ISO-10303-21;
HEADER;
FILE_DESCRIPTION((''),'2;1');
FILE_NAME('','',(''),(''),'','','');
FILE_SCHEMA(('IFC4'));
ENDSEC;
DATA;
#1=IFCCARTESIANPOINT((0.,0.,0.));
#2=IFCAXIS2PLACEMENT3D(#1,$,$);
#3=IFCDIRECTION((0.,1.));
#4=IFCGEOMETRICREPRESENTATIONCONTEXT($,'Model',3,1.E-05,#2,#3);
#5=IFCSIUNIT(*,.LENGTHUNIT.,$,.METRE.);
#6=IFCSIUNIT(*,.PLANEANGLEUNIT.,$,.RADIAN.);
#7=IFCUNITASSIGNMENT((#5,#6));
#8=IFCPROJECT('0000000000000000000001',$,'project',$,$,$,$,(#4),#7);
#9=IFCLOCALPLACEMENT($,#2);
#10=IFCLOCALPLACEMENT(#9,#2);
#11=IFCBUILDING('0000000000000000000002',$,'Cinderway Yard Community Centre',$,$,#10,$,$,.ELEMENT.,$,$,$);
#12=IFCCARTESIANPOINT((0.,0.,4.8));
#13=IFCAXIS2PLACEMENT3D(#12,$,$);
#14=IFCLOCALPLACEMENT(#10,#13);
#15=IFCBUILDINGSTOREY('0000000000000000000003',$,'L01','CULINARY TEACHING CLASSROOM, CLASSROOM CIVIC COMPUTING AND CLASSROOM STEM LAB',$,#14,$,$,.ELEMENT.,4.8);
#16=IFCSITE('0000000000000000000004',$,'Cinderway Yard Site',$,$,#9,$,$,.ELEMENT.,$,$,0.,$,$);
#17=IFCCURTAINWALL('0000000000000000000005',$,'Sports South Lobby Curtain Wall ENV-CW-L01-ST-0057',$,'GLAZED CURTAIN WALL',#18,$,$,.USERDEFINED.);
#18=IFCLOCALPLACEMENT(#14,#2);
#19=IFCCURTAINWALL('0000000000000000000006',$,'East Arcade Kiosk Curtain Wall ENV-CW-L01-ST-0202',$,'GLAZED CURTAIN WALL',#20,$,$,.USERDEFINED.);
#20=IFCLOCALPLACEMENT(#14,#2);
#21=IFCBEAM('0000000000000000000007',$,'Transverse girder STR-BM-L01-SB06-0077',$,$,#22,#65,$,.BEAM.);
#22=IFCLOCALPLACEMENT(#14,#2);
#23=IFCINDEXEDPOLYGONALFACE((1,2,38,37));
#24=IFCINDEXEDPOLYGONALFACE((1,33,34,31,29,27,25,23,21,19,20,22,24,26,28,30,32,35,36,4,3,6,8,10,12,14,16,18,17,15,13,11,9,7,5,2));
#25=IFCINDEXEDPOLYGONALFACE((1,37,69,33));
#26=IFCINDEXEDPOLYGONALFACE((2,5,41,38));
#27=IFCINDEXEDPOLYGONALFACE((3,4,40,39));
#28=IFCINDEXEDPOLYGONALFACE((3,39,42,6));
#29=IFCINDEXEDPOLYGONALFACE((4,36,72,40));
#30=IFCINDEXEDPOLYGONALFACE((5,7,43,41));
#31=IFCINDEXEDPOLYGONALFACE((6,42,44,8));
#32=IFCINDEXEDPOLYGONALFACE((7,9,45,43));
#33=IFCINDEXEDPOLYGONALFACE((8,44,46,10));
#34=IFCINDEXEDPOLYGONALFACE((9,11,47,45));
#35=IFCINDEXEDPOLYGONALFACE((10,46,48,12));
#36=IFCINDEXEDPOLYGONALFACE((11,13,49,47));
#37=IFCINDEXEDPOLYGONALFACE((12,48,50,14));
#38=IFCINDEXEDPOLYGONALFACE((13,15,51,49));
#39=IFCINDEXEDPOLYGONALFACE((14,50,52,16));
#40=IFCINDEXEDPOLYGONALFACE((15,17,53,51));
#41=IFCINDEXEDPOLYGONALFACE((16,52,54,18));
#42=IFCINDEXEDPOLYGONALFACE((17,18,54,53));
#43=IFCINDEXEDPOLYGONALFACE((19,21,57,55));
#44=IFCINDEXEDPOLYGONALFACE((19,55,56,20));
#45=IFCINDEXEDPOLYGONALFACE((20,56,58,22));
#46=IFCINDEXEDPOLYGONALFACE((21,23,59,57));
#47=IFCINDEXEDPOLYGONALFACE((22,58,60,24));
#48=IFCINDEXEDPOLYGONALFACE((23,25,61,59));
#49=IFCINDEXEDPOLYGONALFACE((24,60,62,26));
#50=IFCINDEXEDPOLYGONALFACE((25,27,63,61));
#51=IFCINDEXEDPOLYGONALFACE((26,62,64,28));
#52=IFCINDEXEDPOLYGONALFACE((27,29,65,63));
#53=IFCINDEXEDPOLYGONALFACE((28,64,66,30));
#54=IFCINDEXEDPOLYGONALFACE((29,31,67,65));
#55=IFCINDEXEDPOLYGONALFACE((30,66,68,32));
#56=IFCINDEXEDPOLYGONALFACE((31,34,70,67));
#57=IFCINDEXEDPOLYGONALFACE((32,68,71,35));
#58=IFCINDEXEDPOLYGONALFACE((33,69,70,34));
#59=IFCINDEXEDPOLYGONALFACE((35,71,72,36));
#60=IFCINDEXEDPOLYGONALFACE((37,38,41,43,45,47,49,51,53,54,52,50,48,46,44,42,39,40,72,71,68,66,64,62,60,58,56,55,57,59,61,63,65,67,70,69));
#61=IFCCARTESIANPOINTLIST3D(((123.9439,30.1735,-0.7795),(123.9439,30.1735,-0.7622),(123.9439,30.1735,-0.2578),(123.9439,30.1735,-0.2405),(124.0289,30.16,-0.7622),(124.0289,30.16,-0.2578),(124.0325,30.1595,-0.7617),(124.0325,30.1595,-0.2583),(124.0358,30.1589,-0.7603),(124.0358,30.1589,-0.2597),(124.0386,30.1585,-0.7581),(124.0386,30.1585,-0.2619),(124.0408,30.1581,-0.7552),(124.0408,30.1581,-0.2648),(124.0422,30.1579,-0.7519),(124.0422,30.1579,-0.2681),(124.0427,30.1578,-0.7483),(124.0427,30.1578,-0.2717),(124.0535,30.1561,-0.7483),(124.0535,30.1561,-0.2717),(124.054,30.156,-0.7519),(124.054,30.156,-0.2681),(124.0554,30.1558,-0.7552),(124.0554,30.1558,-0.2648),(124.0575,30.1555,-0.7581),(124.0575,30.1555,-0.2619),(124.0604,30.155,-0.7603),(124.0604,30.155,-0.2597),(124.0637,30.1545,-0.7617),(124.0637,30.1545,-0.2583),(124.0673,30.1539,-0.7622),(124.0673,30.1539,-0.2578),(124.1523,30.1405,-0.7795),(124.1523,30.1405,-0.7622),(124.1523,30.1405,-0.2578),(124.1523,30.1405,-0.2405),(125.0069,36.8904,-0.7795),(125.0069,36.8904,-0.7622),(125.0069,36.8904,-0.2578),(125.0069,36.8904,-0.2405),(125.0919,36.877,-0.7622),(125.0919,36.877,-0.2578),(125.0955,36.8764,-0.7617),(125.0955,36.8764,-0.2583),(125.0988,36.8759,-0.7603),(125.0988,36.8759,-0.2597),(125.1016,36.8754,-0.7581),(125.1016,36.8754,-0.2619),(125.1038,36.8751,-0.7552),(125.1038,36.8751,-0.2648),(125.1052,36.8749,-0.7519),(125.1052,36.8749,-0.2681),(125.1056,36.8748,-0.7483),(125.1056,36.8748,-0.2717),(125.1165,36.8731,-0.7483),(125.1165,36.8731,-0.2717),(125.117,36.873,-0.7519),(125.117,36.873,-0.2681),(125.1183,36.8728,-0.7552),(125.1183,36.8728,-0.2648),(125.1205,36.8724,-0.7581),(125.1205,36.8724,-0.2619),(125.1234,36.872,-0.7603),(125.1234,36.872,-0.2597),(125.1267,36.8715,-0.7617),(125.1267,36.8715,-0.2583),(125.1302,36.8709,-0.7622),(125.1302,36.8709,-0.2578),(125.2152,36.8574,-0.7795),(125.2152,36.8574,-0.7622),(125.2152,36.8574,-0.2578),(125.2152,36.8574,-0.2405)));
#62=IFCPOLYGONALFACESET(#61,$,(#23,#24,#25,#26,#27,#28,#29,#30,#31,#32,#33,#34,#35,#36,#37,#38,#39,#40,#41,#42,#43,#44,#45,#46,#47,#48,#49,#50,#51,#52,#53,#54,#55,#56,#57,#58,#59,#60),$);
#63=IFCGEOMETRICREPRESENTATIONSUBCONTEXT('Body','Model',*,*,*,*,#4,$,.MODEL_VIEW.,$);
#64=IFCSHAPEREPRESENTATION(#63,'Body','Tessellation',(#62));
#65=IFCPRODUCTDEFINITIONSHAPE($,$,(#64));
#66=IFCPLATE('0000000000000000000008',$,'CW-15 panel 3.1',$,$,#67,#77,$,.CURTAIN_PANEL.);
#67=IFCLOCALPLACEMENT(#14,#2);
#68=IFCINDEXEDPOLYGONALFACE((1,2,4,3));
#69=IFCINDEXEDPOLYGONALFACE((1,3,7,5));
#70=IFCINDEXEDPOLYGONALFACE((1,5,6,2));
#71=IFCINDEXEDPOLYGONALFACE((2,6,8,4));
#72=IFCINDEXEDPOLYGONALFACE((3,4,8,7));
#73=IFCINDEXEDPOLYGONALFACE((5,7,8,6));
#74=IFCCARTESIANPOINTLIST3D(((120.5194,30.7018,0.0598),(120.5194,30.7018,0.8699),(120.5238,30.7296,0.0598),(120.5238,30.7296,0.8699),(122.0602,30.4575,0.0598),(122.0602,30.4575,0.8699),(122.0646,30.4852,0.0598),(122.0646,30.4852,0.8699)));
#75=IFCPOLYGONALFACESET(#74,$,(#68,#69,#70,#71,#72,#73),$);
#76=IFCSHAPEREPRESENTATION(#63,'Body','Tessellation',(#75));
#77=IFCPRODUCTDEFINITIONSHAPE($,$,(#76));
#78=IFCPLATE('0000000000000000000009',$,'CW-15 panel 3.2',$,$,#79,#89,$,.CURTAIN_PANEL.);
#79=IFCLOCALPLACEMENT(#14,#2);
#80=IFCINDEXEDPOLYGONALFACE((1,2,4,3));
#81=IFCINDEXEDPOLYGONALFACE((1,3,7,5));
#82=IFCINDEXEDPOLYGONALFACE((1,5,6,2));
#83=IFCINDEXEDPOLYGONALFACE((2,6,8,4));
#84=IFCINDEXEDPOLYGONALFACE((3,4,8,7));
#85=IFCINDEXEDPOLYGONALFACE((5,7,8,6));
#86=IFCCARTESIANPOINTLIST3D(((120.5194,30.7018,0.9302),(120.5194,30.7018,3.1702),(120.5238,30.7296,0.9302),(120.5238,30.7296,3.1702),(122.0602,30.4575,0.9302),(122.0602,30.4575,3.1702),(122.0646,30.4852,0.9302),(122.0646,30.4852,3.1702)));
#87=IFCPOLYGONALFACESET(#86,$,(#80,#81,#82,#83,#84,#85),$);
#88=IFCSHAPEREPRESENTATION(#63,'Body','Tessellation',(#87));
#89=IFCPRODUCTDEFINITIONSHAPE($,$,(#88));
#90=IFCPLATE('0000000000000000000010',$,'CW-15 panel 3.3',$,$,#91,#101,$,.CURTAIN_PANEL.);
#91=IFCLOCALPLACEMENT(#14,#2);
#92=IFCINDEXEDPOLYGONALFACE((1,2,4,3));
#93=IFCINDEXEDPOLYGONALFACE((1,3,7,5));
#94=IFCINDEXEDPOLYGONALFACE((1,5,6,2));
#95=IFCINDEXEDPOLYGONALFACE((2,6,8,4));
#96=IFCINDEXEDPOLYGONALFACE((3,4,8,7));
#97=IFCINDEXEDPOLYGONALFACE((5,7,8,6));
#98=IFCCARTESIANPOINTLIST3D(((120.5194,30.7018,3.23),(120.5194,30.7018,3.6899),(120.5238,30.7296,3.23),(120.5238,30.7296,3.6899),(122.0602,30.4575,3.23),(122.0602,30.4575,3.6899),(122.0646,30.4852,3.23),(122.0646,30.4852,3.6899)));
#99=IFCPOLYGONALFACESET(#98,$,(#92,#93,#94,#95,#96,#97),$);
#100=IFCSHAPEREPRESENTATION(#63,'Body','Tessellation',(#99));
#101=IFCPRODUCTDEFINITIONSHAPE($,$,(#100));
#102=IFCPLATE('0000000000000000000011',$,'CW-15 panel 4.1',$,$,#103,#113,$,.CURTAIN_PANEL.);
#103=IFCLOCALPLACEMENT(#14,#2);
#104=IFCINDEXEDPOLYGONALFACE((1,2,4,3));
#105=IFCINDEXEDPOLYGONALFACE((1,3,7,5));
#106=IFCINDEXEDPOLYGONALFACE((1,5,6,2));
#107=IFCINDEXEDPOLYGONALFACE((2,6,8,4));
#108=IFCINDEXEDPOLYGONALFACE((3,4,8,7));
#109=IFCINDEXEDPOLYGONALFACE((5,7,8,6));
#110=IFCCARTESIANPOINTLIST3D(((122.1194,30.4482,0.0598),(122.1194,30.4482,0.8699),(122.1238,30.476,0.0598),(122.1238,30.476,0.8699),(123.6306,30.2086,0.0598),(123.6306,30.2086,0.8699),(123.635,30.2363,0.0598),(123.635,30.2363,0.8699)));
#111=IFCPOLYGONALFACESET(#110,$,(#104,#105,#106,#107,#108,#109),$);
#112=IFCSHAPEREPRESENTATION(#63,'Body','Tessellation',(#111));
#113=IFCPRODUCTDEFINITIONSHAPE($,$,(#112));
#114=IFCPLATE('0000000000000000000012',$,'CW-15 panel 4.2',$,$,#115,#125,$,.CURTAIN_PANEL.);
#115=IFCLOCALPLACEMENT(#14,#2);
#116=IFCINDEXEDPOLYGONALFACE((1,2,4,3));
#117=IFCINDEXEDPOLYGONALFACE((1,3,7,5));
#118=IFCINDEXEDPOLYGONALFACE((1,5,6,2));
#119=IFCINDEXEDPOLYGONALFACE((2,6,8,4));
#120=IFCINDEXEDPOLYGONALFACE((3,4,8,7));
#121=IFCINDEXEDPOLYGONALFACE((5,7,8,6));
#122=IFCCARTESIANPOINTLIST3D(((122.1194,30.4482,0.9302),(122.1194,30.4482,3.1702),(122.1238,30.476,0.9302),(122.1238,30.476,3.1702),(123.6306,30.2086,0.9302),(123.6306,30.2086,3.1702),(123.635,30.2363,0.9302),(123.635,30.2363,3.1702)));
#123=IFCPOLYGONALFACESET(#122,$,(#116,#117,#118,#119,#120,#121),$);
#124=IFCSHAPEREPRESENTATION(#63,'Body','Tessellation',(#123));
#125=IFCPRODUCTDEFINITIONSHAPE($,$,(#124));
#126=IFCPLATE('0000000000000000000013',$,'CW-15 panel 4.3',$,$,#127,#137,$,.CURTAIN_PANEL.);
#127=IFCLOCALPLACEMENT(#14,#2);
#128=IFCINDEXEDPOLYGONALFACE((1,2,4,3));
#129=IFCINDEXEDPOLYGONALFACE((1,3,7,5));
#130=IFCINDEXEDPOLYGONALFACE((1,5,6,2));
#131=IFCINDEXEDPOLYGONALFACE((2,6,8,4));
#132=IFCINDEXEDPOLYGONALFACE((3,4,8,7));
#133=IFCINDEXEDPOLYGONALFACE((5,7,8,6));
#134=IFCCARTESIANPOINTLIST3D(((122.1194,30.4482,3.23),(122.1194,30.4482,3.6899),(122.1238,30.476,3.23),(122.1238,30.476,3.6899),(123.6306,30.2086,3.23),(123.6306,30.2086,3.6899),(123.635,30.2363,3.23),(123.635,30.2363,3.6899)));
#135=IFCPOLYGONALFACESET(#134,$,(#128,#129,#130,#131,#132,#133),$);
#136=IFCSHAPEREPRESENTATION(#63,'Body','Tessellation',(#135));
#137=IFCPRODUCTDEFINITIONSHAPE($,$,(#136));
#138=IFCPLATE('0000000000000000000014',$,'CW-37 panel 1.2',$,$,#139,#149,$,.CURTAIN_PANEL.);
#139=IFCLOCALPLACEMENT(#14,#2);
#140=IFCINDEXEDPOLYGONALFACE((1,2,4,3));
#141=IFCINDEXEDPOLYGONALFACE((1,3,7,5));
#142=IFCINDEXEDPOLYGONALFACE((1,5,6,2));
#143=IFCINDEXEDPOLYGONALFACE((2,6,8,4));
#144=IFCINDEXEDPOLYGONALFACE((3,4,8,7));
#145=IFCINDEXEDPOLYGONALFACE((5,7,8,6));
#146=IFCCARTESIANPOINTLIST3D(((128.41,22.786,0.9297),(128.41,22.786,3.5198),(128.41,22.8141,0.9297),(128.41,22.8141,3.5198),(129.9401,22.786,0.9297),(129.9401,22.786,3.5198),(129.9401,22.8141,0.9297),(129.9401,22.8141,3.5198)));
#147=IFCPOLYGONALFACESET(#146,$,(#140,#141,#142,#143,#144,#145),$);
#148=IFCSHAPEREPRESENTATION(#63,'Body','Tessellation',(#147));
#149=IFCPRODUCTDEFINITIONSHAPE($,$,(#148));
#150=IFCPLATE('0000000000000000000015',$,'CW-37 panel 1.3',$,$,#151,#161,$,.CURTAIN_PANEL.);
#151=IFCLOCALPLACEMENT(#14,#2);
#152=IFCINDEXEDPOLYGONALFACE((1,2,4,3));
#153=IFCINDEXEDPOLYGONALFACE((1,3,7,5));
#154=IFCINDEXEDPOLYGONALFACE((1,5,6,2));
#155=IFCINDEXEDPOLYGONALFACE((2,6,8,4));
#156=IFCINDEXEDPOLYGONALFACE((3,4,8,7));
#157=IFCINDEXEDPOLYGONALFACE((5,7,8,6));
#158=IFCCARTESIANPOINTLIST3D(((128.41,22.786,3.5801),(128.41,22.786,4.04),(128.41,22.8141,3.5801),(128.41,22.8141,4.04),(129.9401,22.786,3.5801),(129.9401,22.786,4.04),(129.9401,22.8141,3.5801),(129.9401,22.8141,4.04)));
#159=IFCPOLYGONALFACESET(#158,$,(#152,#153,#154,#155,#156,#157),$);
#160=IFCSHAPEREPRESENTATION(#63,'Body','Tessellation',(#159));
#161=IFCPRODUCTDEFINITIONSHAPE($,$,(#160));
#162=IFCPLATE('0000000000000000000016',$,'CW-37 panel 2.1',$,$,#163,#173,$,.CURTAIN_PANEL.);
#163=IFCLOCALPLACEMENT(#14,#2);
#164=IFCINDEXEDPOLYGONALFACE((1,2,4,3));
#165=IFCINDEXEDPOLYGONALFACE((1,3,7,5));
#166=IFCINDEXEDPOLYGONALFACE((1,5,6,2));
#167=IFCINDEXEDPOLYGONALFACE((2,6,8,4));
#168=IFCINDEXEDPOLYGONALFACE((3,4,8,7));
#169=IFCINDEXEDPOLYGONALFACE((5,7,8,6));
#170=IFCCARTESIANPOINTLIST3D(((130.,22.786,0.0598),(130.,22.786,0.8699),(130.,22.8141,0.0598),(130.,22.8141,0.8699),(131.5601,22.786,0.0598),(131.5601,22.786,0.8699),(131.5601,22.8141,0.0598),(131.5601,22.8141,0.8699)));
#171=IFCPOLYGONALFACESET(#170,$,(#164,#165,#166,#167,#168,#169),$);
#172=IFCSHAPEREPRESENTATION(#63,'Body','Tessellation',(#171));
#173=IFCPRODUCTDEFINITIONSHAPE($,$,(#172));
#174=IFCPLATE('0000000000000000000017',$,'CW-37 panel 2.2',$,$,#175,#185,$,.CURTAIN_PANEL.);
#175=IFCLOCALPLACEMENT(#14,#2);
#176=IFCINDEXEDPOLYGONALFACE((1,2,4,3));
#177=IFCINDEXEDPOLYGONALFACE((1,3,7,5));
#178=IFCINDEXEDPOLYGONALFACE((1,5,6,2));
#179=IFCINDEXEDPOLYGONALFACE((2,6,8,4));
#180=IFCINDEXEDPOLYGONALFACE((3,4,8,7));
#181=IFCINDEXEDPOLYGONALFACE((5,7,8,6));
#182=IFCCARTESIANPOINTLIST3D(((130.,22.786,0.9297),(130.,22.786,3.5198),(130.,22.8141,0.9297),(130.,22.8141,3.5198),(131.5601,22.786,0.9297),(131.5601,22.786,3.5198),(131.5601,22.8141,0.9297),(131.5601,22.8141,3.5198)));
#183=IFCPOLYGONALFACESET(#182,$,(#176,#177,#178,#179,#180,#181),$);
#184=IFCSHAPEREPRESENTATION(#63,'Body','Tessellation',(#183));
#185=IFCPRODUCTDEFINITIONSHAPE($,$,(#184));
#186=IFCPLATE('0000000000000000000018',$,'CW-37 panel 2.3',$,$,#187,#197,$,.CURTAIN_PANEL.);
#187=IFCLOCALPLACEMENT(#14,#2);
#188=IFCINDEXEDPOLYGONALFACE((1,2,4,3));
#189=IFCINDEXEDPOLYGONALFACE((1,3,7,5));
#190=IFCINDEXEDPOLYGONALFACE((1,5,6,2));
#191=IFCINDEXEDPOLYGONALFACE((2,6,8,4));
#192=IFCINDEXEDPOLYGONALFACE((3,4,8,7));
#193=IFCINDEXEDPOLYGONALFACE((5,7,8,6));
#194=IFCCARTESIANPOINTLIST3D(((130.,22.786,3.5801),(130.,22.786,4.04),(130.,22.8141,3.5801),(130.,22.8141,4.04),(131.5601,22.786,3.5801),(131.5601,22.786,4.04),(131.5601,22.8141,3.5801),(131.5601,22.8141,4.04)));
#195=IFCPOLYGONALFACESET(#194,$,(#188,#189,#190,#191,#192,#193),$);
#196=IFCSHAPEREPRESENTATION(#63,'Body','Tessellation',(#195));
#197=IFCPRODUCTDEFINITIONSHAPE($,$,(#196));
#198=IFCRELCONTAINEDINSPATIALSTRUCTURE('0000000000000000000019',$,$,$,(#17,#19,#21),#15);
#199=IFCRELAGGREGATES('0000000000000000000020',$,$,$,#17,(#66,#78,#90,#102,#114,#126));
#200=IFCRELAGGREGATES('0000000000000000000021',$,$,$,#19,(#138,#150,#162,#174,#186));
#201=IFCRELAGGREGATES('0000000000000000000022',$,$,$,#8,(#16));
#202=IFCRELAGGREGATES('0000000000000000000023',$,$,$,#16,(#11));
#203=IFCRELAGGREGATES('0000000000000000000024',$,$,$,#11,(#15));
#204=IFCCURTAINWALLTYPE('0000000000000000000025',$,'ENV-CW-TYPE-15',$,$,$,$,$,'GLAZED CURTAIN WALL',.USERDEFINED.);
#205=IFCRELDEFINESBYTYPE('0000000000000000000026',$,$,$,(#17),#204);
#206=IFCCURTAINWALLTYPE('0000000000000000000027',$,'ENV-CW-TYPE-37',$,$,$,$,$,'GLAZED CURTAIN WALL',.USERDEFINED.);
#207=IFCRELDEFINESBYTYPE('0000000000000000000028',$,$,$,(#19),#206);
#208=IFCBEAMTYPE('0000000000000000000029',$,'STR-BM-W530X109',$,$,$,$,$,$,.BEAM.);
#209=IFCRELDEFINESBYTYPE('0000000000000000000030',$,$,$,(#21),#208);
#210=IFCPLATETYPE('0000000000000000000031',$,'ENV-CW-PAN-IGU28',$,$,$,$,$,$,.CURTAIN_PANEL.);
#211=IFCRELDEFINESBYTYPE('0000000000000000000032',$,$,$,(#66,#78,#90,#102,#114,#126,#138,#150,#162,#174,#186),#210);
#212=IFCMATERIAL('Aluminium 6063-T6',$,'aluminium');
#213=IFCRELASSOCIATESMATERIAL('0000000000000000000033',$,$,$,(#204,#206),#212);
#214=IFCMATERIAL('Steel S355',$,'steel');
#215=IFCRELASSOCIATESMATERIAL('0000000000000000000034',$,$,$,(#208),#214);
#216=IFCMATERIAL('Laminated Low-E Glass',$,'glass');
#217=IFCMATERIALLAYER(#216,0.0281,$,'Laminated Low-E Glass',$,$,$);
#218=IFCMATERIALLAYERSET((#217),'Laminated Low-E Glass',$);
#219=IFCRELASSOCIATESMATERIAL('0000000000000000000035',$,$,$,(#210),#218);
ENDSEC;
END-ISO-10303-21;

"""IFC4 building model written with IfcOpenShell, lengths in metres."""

from ifc_helpers import new_model, si_unit, direction, frame, origin, origin_2d, place, context, subcontext, project, spatial, rectangle, i_section, extrude, material, layer, layer_set, material_profile, profile_set, type_object, element, aggregate, save


model = new_model("IFC4")

# Units and contexts
model_context = context("Model", 3, precision=1e-05, world=origin(), true_north=direction((0.0, 1.0)))
body_context = subcontext(model_context, "Body", "Model", "MODEL_VIEW")
ifc_project = project(units=[si_unit("LENGTHUNIT", "METRE"), si_unit("PLANEANGLEUNIT", "RADIAN")], contexts=[model_context])

# Site, building, storey
site_placement = place(None, origin())
site = spatial("IfcSite", under=ifc_project, at=site_placement, Name="Cinderway Yard Site", CompositionType="ELEMENT", RefElevation=0.0)
building_placement = place(site_placement, origin())
building = spatial("IfcBuilding", under=site, at=building_placement, Name="Cinderway Yard Community Centre", CompositionType="ELEMENT")
storey_placement = place(building_placement, frame((0.0, 0.0, 4.8)))
storey = spatial("IfcBuildingStorey", under=building, at=storey_placement, Name="L01", Description="CULINARY TEACHING CLASSROOM, CLASSROOM CIVIC COMPUTING AND CLASSROOM STEM LAB", CompositionType="ELEMENT", Elevation=4.8)

# Curtain wall
ifc_material_1 = material(Name="Aluminium 6063-T6", Category="aluminium")
curtain_wall_type_1 = type_object("IfcCurtainWallType", Name="ENV-CW-TYPE-15", ElementType="GLAZED CURTAIN WALL", PredefinedType="USERDEFINED", material=ifc_material_1)
curtain_wall_1_placement = place(storey_placement, origin())
curtain_wall_1 = element("IfcCurtainWall", 1, at=curtain_wall_1_placement, inside=storey, type_object=curtain_wall_type_1, Name="Sports South Lobby Curtain Wall ENV-CW-L01-ST-0057", ObjectType="GLAZED CURTAIN WALL", PredefinedType="USERDEFINED")

# Curtain wall
curtain_wall_type_2 = type_object("IfcCurtainWallType", Name="ENV-CW-TYPE-37", ElementType="GLAZED CURTAIN WALL", PredefinedType="USERDEFINED", material=ifc_material_1)
curtain_wall_2_placement = place(storey_placement, origin())
curtain_wall_2 = element("IfcCurtainWall", 2, at=curtain_wall_2_placement, inside=storey, type_object=curtain_wall_type_2, Name="East Arcade Kiosk Curtain Wall ENV-CW-L01-ST-0202", ObjectType="GLAZED CURTAIN WALL", PredefinedType="USERDEFINED")

# Beam
ifc_material_2 = material(Name="Steel S355", Category="steel")
ifc_material_profile_1 = material_profile(ifc_material_2, i_section(OverallWidth=0.2109, OverallDepth=0.5391, WebThickness=0.011, FlangeThickness=0.0173, FilletRadius=0.0139, at=origin_2d()), Name="Steel S355")
ifc_profile_set_1 = profile_set([ifc_material_profile_1], Name="Steel S355")
beam_type_1 = type_object("IfcBeamType", Name="STR-BM-W530X109", PredefinedType="BEAM", material=ifc_profile_set_1)
beam_1_placement = place(storey_placement, frame((124.0481, 30.157, -0.51), z_axis=(0.156307, 0.987708, 0.0), x_axis=(-0.987708, 0.156307, 0.0)))
element("IfcBeam", 3, at=beam_1_placement, inside=storey, type_object=beam_type_1, Name="Transverse girder STR-BM-L01-SB06-0077", PredefinedType="BEAM", context=body_context, shape_type="SweptSolid", body=[
    extrude(i_section(OverallWidth=0.2109, OverallDepth=0.5391, WebThickness=0.011, FlangeThickness=0.0173, FilletRadius=0.0139, at=origin_2d()), origin(), (0.0, 0.0, 1.0), 6.8005),
])

# Plates
ifc_material_3 = material(Name="Laminated Low-E Glass", Category="glass")
ifc_layer_1 = layer(ifc_material_3, 0.0281, Name="Laminated Low-E Glass")
ifc_layer_set_1 = layer_set([ifc_layer_1], Name="Laminated Low-E Glass")
plate_type = type_object("IfcPlateType", Name="ENV-CW-PAN-IGU28", PredefinedType="CURTAIN_PANEL", material=ifc_layer_set_1)
plate_1_placement = place(storey_placement, frame((121.292, 30.5935, 0.0598), z_axis=(0.0, 0.0, 1.0), x_axis=(0.987656, -0.156636, 0.0)))
plate_1 = element("IfcPlate", 4, at=plate_1_placement, type_object=plate_type, Name="CW-15 panel 3.1", PredefinedType="CURTAIN_PANEL", context=body_context, shape_type="SweptSolid", body=[
    extrude(rectangle(XDim=1.5601, YDim=0.0281, at=origin_2d()), origin(), (0.0, 0.0, 1.0), 0.8101),
])
plate_2_placement = place(storey_placement, frame((121.292, 30.5935, 0.9302), z_axis=(0.0, 0.0, 1.0), x_axis=(0.987656, -0.156636, 0.0)))
plate_2 = element("IfcPlate", 5, at=plate_2_placement, type_object=plate_type, Name="CW-15 panel 3.2", PredefinedType="CURTAIN_PANEL", context=body_context, shape_type="SweptSolid", body=[
    extrude(rectangle(XDim=1.5601, YDim=0.0281, at=origin_2d()), origin(), (0.0, 0.0, 1.0), 2.24),
])
plate_3_placement = place(storey_placement, frame((121.292, 30.5935, 3.23), z_axis=(0.0, 0.0, 1.0), x_axis=(0.987656, -0.156636, 0.0)))
plate_3 = element("IfcPlate", 6, at=plate_3_placement, type_object=plate_type, Name="CW-15 panel 3.3", PredefinedType="CURTAIN_PANEL", context=body_context, shape_type="SweptSolid", body=[
    extrude(rectangle(XDim=1.5601, YDim=0.0281, at=origin_2d()), origin(), (0.0, 0.0, 1.0), 0.46),
])
plate_4_placement = place(storey_placement, frame((122.8772, 30.3423, 0.0598), z_axis=(0.0, 0.0, 1.0), x_axis=(0.987656, -0.156636, 0.0)))
plate_4 = element("IfcPlate", 7, at=plate_4_placement, type_object=plate_type, Name="CW-15 panel 4.1", PredefinedType="CURTAIN_PANEL", context=body_context, shape_type="SweptSolid", body=[
    extrude(rectangle(XDim=1.53, YDim=0.0281, at=origin_2d()), origin(), (0.0, 0.0, 1.0), 0.8101),
])
plate_5_placement = place(storey_placement, frame((122.8772, 30.3423, 0.9302), z_axis=(0.0, 0.0, 1.0), x_axis=(0.987656, -0.156636, 0.0)))
plate_5 = element("IfcPlate", 8, at=plate_5_placement, type_object=plate_type, Name="CW-15 panel 4.2", PredefinedType="CURTAIN_PANEL", context=body_context, shape_type="SweptSolid", body=[
    extrude(rectangle(XDim=1.53, YDim=0.0281, at=origin_2d()), origin(), (0.0, 0.0, 1.0), 2.24),
])
plate_6_placement = place(storey_placement, frame((122.8772, 30.3423, 3.23), z_axis=(0.0, 0.0, 1.0), x_axis=(0.987656, -0.156636, 0.0)))
plate_6 = element("IfcPlate", 9, at=plate_6_placement, type_object=plate_type, Name="CW-15 panel 4.3", PredefinedType="CURTAIN_PANEL", context=body_context, shape_type="SweptSolid", body=[
    extrude(rectangle(XDim=1.53, YDim=0.0281, at=origin_2d()), origin(), (0.0, 0.0, 1.0), 0.46),
])
aggregate(curtain_wall_1, [plate_1, plate_2, plate_3, plate_4, plate_5, plate_6])
plate_7_placement = place(storey_placement, frame((129.175, 22.8, 0.9297), z_axis=(0.0, 0.0, 1.0), x_axis=(1.0, 0.0, 0.0)))
plate_7 = element("IfcPlate", 10, at=plate_7_placement, type_object=plate_type, Name="CW-37 panel 1.2", PredefinedType="CURTAIN_PANEL", context=body_context, shape_type="SweptSolid", body=[
    extrude(rectangle(XDim=1.53, YDim=0.0281, at=origin_2d()), origin(), (0.0, 0.0, 1.0), 2.5901),
])
plate_8_placement = place(storey_placement, frame((129.175, 22.8, 3.5801), z_axis=(0.0, 0.0, 1.0), x_axis=(1.0, 0.0, 0.0)))
plate_8 = element("IfcPlate", 11, at=plate_8_placement, type_object=plate_type, Name="CW-37 panel 1.3", PredefinedType="CURTAIN_PANEL", context=body_context, shape_type="SweptSolid", body=[
    extrude(rectangle(XDim=1.53, YDim=0.0281, at=origin_2d()), origin(), (0.0, 0.0, 1.0), 0.46),
])
plate_9_placement = place(storey_placement, frame((130.78, 22.8, 0.0598), z_axis=(0.0, 0.0, 1.0), x_axis=(1.0, 0.0, 0.0)))
plate_9 = element("IfcPlate", 12, at=plate_9_placement, type_object=plate_type, Name="CW-37 panel 2.1", PredefinedType="CURTAIN_PANEL", context=body_context, shape_type="SweptSolid", body=[
    extrude(rectangle(XDim=1.5601, YDim=0.0281, at=origin_2d()), origin(), (0.0, 0.0, 1.0), 0.8101),
])
plate_10_placement = place(storey_placement, frame((130.78, 22.8, 0.9297), z_axis=(0.0, 0.0, 1.0), x_axis=(1.0, 0.0, 0.0)))
plate_10 = element("IfcPlate", 13, at=plate_10_placement, type_object=plate_type, Name="CW-37 panel 2.2", PredefinedType="CURTAIN_PANEL", context=body_context, shape_type="SweptSolid", body=[
    extrude(rectangle(XDim=1.5601, YDim=0.0281, at=origin_2d()), origin(), (0.0, 0.0, 1.0), 2.5901),
])
plate_11_placement = place(storey_placement, frame((130.78, 22.8, 3.5801), z_axis=(0.0, 0.0, 1.0), x_axis=(1.0, 0.0, 0.0)))
plate_11 = element("IfcPlate", 14, at=plate_11_placement, type_object=plate_type, Name="CW-37 panel 2.3", PredefinedType="CURTAIN_PANEL", context=body_context, shape_type="SweptSolid", body=[
    extrude(rectangle(XDim=1.5601, YDim=0.0281, at=origin_2d()), origin(), (0.0, 0.0, 1.0), 0.46),
])
aggregate(curtain_wall_2, [plate_7, plate_8, plate_9, plate_10, plate_11])

save(model, "model.ifc")
